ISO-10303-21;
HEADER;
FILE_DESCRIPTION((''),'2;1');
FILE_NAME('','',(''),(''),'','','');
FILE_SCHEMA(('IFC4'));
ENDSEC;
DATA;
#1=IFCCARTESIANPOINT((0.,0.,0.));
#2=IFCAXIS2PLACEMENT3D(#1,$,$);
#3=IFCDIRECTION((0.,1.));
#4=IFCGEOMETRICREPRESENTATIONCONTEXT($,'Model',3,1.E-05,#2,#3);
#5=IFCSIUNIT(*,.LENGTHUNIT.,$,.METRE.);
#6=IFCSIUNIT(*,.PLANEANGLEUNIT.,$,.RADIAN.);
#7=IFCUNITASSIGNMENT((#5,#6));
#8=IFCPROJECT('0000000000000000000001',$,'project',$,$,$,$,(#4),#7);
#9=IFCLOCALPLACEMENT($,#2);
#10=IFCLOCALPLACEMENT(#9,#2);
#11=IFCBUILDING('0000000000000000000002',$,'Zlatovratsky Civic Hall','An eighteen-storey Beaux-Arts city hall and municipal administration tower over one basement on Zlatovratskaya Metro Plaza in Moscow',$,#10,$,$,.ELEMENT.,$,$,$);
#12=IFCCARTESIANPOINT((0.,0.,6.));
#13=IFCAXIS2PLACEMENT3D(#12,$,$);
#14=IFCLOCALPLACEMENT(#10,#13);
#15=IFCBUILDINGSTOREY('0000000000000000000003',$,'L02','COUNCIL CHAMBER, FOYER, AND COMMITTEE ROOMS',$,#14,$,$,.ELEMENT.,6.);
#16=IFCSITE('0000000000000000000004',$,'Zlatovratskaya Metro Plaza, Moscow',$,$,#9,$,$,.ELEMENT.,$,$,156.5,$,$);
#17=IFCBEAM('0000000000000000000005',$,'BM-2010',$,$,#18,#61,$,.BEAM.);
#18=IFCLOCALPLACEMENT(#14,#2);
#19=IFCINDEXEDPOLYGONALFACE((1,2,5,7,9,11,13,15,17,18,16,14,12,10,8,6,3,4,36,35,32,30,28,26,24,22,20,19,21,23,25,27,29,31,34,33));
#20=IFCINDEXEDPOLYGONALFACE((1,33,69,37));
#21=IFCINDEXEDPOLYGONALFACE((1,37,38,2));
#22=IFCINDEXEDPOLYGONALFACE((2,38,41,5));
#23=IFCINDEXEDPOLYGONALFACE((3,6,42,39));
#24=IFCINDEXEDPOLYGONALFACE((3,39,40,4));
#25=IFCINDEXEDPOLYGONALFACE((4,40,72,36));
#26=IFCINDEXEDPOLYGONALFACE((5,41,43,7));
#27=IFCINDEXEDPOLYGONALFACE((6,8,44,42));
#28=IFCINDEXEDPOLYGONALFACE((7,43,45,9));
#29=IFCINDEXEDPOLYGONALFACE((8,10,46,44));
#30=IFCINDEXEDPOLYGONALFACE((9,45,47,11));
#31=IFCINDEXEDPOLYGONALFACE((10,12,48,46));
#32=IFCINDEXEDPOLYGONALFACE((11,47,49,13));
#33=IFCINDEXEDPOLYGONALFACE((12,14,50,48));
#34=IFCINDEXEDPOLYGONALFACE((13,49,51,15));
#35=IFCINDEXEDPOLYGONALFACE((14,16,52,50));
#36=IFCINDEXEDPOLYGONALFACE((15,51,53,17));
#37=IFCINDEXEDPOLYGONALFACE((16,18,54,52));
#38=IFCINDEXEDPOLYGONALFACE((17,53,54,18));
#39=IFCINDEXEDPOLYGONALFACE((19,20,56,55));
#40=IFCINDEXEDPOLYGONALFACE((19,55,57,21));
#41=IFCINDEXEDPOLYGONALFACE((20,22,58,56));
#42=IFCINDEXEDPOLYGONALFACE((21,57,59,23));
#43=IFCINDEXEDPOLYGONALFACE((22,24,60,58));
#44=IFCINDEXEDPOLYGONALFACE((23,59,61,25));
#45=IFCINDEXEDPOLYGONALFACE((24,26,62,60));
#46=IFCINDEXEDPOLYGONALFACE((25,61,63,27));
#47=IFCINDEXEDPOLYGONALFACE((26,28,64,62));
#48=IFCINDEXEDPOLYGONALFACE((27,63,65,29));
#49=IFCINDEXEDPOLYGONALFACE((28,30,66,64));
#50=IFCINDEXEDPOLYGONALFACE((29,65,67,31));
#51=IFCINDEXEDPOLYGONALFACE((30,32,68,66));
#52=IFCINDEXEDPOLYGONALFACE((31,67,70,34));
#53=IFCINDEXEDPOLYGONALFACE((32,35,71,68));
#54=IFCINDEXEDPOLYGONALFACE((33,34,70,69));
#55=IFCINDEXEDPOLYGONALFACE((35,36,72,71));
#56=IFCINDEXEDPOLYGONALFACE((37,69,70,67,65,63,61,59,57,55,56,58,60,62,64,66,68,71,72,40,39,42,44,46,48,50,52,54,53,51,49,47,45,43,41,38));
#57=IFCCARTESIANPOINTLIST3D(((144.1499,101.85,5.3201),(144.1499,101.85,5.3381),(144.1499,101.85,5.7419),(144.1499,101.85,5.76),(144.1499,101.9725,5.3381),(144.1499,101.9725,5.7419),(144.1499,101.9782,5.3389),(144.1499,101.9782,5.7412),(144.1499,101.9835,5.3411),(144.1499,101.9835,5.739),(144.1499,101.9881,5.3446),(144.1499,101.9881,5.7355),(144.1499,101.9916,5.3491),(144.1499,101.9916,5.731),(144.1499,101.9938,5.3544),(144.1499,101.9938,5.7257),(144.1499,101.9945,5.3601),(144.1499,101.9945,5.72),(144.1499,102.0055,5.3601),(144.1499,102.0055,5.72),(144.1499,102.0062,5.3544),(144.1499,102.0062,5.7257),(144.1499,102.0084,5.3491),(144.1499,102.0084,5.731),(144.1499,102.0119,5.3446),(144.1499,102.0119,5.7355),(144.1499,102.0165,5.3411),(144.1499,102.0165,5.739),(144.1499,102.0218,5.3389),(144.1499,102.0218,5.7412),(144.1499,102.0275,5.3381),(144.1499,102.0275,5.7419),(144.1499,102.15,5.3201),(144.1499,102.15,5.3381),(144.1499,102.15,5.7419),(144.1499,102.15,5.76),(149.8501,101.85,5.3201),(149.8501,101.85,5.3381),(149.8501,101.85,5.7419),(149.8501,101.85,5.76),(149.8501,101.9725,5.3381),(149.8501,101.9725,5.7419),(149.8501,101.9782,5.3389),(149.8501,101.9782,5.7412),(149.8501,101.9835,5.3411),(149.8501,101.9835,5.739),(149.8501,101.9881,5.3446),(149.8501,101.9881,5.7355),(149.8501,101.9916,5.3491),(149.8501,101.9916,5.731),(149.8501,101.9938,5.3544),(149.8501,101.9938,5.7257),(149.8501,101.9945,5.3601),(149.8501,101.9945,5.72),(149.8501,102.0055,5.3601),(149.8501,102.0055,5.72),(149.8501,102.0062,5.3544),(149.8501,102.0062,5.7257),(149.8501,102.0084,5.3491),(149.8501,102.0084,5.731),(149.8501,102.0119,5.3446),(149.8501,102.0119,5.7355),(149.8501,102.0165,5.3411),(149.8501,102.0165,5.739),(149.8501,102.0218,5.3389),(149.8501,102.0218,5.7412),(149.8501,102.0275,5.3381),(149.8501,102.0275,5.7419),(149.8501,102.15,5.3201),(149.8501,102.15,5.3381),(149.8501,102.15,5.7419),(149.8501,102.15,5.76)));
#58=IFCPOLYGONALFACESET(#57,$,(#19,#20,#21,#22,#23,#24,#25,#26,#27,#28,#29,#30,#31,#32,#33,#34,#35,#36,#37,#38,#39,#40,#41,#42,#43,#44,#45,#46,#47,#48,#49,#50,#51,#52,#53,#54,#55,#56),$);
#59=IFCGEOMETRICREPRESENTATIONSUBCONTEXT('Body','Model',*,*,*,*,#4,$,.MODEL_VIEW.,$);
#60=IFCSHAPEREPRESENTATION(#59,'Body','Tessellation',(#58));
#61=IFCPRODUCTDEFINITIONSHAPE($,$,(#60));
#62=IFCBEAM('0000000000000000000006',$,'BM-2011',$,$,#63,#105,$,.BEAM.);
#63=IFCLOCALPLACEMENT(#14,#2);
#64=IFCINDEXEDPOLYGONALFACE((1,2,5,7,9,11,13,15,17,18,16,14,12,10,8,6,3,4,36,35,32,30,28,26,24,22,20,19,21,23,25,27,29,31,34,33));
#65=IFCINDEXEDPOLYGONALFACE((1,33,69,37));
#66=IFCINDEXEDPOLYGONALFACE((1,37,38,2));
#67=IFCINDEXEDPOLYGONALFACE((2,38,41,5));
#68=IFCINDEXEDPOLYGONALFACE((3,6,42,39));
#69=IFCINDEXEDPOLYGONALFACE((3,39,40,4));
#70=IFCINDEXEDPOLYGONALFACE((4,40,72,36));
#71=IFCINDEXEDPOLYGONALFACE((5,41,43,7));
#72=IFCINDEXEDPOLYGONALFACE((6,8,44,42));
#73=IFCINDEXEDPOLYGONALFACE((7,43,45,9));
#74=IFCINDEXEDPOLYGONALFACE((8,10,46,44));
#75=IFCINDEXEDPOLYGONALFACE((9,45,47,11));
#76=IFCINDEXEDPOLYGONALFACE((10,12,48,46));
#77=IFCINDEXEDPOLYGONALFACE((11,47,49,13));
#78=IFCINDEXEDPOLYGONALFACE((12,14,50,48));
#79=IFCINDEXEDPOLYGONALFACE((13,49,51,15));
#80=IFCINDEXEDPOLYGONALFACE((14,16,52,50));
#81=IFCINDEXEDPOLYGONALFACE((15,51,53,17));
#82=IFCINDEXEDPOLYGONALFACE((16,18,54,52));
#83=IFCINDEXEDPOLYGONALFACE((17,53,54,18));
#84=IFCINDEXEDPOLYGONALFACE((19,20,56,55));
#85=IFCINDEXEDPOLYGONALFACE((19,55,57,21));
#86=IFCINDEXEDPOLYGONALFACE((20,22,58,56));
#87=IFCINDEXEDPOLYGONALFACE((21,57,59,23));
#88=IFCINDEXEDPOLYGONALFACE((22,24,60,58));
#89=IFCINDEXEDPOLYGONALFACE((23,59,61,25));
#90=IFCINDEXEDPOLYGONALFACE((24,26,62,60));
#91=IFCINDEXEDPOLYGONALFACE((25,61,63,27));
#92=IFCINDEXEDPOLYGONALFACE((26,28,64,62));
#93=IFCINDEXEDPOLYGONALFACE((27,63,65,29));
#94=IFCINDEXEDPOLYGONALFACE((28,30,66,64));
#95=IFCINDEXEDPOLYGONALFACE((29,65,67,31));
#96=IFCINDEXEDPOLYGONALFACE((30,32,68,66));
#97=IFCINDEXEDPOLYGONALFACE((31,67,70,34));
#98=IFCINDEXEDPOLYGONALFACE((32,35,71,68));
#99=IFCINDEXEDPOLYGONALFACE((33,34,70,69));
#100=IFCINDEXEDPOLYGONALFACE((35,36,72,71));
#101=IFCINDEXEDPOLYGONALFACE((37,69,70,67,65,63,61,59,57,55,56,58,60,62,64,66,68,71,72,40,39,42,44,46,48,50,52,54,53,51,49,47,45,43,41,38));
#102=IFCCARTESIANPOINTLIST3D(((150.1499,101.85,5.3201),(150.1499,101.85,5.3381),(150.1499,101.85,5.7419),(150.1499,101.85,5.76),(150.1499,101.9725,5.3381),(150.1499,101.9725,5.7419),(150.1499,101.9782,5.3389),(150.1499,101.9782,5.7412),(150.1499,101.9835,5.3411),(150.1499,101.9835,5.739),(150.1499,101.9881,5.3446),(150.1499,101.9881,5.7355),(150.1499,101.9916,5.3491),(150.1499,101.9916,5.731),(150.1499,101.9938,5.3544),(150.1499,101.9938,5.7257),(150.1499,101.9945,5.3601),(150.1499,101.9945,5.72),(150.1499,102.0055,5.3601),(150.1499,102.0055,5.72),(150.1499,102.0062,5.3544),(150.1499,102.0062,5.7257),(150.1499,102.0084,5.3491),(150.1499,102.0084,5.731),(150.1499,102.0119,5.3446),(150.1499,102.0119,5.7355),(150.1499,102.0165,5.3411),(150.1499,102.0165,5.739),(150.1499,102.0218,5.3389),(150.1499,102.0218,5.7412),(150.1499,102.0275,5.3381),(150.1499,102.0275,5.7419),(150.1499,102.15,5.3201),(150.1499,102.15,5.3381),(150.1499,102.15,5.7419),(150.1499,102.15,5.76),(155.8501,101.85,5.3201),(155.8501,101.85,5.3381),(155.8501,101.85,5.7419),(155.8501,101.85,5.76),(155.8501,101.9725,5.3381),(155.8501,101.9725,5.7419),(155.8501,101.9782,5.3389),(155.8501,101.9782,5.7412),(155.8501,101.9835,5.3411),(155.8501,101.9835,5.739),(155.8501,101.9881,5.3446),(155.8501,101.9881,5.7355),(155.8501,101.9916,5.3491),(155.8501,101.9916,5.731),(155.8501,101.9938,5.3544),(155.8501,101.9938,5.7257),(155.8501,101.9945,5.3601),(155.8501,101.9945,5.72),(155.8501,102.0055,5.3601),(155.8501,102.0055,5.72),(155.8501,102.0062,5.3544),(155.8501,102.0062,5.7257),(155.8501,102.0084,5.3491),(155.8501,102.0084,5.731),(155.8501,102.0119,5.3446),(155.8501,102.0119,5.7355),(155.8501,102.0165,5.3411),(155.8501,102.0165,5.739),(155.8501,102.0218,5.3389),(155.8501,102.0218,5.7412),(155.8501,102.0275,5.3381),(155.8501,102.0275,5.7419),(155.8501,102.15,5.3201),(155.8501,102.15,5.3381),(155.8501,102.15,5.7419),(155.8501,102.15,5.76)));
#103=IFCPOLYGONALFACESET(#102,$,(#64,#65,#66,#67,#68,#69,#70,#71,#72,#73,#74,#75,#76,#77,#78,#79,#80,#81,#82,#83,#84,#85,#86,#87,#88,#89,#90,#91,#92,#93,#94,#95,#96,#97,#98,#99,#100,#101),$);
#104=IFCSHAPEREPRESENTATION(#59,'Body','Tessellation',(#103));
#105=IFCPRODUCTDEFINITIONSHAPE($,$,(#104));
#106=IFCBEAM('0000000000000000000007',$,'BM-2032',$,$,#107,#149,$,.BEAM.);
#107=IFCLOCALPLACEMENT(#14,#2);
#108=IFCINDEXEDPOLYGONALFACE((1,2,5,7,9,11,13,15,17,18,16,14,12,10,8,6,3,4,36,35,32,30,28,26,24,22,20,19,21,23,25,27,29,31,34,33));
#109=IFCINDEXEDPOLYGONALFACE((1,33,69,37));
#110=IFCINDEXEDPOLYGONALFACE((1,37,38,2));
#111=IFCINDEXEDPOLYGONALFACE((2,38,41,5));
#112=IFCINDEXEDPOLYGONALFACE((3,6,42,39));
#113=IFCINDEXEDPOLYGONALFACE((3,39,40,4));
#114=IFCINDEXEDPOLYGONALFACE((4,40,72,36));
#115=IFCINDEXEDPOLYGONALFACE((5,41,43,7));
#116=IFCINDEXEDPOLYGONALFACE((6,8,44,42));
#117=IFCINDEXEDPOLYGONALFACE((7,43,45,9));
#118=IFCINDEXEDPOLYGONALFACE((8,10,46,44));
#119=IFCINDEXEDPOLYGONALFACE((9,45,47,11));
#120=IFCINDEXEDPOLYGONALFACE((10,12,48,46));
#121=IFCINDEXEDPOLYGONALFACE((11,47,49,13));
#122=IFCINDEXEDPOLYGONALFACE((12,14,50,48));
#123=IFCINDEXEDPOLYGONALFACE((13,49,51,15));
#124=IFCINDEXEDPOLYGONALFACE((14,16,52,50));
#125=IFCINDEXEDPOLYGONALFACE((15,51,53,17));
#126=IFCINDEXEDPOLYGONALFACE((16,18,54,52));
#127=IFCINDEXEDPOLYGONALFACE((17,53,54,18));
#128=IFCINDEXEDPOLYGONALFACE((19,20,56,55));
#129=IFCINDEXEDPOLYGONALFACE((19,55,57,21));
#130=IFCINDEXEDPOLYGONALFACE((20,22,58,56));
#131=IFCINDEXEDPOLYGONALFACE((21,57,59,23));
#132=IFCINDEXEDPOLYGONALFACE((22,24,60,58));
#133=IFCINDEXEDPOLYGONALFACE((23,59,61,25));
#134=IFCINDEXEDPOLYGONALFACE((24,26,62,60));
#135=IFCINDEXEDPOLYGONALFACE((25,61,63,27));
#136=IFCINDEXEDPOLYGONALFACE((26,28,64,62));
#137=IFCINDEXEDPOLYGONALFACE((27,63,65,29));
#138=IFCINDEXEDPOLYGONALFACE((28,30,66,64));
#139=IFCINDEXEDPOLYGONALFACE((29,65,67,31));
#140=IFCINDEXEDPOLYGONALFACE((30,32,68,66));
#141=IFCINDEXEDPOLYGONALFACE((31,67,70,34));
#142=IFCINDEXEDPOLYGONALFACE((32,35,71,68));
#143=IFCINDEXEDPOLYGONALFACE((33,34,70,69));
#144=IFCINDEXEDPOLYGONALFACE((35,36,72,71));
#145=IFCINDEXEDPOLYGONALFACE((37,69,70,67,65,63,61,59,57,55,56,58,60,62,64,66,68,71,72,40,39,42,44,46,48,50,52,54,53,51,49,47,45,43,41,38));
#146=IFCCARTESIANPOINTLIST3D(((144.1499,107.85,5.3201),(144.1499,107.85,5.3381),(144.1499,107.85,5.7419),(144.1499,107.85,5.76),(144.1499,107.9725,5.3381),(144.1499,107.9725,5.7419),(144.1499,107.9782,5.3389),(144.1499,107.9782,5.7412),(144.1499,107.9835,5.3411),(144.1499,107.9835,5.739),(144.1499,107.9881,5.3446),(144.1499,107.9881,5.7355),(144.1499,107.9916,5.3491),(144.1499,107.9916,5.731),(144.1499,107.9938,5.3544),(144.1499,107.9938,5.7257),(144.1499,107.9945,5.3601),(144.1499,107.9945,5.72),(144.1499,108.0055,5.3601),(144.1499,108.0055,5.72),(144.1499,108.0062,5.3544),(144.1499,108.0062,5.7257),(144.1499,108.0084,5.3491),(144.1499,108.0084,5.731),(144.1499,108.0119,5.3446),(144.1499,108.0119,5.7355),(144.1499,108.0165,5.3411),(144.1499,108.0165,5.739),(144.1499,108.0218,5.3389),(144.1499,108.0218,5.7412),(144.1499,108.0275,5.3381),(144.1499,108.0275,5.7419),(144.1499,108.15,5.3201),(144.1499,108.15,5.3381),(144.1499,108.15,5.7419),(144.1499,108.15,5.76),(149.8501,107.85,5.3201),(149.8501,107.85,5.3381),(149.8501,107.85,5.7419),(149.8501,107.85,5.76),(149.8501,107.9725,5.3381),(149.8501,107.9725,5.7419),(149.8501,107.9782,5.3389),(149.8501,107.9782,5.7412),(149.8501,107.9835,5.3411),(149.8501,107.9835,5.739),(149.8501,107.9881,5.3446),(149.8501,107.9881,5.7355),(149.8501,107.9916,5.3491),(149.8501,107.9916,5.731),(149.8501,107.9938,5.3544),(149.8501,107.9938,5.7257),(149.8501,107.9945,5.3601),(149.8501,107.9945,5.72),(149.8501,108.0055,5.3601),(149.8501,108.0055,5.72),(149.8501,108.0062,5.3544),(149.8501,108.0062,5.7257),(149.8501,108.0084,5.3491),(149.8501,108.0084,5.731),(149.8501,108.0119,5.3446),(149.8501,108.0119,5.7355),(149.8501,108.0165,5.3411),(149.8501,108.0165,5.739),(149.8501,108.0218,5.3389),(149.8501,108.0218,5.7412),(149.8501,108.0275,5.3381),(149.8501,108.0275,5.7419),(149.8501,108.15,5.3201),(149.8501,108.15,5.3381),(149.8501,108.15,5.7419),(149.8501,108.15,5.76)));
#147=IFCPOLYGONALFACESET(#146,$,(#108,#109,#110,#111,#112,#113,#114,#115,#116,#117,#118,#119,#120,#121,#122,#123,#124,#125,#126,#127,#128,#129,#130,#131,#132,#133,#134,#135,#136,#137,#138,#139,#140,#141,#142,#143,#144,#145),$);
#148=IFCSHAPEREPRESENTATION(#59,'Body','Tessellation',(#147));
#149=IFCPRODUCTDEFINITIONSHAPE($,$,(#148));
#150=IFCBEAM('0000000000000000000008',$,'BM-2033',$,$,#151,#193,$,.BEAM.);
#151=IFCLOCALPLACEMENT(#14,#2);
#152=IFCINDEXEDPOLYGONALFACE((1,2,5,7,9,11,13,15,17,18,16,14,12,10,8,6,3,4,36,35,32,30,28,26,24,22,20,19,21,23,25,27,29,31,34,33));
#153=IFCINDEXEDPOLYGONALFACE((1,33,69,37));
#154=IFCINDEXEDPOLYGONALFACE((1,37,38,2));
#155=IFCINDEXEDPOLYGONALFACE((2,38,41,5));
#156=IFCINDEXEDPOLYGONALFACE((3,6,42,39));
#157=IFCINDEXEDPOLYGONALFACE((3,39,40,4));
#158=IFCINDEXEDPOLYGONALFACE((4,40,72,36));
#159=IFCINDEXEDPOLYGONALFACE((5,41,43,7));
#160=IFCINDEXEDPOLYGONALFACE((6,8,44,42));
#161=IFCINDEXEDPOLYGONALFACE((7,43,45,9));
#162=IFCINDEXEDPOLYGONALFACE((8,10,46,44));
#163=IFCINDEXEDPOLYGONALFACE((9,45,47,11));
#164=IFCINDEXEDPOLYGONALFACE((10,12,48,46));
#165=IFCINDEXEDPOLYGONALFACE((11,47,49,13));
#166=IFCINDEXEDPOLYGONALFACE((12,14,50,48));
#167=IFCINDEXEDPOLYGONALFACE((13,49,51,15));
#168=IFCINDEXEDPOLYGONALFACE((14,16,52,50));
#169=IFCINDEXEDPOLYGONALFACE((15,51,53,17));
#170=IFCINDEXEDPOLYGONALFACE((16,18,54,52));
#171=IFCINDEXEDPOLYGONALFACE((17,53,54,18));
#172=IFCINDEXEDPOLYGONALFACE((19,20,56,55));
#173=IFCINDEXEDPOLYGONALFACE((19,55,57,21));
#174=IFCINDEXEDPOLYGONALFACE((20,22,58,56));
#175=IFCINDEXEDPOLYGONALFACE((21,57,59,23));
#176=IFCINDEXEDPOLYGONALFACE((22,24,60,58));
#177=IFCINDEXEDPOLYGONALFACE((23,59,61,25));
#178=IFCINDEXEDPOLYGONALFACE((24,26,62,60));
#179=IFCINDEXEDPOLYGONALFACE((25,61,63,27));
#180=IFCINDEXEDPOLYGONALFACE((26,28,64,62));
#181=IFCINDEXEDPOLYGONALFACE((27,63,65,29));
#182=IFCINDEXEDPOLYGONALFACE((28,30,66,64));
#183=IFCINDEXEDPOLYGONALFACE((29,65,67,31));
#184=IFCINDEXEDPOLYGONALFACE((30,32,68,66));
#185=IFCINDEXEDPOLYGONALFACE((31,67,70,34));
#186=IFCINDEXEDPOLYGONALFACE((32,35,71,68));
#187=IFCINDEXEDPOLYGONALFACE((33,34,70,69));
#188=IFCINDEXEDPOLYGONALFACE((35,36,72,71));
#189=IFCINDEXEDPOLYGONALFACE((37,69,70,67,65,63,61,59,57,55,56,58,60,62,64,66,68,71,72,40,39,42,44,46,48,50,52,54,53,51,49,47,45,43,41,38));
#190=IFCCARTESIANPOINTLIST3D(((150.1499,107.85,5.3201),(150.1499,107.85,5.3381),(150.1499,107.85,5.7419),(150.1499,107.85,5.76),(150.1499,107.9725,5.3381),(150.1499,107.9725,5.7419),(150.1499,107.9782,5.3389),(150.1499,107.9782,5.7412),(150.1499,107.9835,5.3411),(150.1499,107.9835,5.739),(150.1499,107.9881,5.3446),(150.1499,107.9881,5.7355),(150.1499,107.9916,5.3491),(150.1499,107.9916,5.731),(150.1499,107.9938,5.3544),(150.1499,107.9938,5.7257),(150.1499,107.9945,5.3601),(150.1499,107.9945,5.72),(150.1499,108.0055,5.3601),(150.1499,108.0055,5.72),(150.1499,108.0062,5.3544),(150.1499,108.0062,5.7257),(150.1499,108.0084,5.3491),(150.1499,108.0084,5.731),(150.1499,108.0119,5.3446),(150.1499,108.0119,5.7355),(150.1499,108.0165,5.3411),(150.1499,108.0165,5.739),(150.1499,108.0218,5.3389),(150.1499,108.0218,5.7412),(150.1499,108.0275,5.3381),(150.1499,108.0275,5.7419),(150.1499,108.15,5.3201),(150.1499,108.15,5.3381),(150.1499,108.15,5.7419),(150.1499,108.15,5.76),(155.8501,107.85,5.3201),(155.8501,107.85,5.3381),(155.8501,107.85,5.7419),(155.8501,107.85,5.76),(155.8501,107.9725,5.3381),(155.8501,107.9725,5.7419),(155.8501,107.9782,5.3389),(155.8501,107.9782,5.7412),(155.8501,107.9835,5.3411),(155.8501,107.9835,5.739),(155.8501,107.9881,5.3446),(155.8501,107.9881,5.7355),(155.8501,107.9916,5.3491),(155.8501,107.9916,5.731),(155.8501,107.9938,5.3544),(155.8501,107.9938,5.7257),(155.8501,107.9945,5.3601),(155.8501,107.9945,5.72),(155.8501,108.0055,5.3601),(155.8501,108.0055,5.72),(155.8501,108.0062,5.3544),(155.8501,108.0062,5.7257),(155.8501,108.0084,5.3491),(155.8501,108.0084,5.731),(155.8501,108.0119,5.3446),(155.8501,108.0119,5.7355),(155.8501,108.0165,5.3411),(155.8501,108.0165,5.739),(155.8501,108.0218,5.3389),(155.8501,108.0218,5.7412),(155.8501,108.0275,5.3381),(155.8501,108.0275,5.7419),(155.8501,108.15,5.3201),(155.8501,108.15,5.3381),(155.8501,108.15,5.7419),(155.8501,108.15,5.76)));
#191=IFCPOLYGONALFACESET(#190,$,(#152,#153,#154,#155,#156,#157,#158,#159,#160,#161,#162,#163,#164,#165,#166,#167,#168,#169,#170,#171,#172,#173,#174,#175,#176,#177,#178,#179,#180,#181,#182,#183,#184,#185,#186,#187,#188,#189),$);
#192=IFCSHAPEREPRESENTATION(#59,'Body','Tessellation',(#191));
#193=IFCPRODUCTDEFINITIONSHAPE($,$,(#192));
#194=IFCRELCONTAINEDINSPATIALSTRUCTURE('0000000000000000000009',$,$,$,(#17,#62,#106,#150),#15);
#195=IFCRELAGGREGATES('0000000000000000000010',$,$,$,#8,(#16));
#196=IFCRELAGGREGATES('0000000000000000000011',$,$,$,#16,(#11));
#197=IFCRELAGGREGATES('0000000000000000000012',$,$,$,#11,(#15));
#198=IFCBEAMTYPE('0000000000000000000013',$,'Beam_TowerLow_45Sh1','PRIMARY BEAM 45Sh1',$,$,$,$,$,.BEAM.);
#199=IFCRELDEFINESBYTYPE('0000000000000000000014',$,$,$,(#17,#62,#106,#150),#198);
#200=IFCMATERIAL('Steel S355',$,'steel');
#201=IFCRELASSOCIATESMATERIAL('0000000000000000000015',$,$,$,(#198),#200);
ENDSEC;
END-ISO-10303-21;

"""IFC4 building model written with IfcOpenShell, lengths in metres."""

from ifc_helpers import new_model, si_unit, direction, frame, origin, origin_2d, place, context, subcontext, project, spatial, i_section, extrude, material, material_profile, profile_set, type_object, element, save


model = new_model("IFC4")

# Units and contexts
model_context = context("Model", 3, precision=1e-05, world=origin(), true_north=direction((0.0, 1.0)))
body_context = subcontext(model_context, "Body", "Model", "MODEL_VIEW")
ifc_project = project(units=[si_unit("LENGTHUNIT", "METRE"), si_unit("PLANEANGLEUNIT", "RADIAN")], contexts=[model_context])

# Site, building, storey
site_placement = place(None, origin())
site = spatial("IfcSite", under=ifc_project, at=site_placement, Name="Zlatovratskaya Metro Plaza, Moscow", CompositionType="ELEMENT", RefElevation=156.5)
building_placement = place(site_placement, origin())
building = spatial("IfcBuilding", under=site, at=building_placement, Name="Zlatovratsky Civic Hall", Description="An eighteen-storey Beaux-Arts city hall and municipal administration tower over one basement on Zlatovratskaya Metro Plaza in Moscow", CompositionType="ELEMENT")
storey_placement = place(building_placement, frame((0.0, 0.0, 6.0)))
storey = spatial("IfcBuildingStorey", under=building, at=storey_placement, Name="L02", Description="COUNCIL CHAMBER, FOYER, AND COMMITTEE ROOMS", CompositionType="ELEMENT", Elevation=6.0)

# Shared definitions
ifc_material_1 = material(Name="Steel S355", Category="steel")

# Beams
ifc_material_profile_1 = material_profile(ifc_material_1, i_section(OverallWidth=0.3, OverallDepth=0.4399, WebThickness=0.011, FlangeThickness=0.0181, FilletRadius=0.022, at=origin_2d()), Name="45Sh1")
ifc_profile_set_1 = profile_set([ifc_material_profile_1], Name="Steel S355")
beam_type_1 = type_object("IfcBeamType", Name="Beam_TowerLow_45Sh1", Description="PRIMARY BEAM 45Sh1", PredefinedType="BEAM", material=ifc_profile_set_1)
for number, where, z_axis, x_axis, name in (
    (1, (144.1499, 102.0, 5.54), (1.0, 0.0, 0.0), (0.0, 1.0, 0.0), "BM-2010"),
    (2, (150.1499, 102.0, 5.54), (1.0, 0.0, 0.0), (0.0, 1.0, 0.0), "BM-2011"),
    (3, (144.1499, 108.0, 5.54), (1.0, 0.0, 0.0), (0.0, 1.0, 0.0), "BM-2032"),
    (4, (150.1499, 108.0, 5.54), (1.0, 0.0, 0.0), (0.0, 1.0, 0.0), "BM-2033"),
):
    element("IfcBeam", number, at=place(storey_placement, frame(where, z_axis=z_axis, x_axis=x_axis)), inside=storey, type_object=beam_type_1, Name=name, PredefinedType="BEAM", context=body_context, shape_type="SweptSolid", body=[
        extrude(i_section(OverallWidth=0.3, OverallDepth=0.4399, WebThickness=0.011, FlangeThickness=0.0181, FilletRadius=0.022, at=origin_2d()), origin(), (0.0, 0.0, 1.0), 5.7002),
    ])

save(model, "model.ifc")
